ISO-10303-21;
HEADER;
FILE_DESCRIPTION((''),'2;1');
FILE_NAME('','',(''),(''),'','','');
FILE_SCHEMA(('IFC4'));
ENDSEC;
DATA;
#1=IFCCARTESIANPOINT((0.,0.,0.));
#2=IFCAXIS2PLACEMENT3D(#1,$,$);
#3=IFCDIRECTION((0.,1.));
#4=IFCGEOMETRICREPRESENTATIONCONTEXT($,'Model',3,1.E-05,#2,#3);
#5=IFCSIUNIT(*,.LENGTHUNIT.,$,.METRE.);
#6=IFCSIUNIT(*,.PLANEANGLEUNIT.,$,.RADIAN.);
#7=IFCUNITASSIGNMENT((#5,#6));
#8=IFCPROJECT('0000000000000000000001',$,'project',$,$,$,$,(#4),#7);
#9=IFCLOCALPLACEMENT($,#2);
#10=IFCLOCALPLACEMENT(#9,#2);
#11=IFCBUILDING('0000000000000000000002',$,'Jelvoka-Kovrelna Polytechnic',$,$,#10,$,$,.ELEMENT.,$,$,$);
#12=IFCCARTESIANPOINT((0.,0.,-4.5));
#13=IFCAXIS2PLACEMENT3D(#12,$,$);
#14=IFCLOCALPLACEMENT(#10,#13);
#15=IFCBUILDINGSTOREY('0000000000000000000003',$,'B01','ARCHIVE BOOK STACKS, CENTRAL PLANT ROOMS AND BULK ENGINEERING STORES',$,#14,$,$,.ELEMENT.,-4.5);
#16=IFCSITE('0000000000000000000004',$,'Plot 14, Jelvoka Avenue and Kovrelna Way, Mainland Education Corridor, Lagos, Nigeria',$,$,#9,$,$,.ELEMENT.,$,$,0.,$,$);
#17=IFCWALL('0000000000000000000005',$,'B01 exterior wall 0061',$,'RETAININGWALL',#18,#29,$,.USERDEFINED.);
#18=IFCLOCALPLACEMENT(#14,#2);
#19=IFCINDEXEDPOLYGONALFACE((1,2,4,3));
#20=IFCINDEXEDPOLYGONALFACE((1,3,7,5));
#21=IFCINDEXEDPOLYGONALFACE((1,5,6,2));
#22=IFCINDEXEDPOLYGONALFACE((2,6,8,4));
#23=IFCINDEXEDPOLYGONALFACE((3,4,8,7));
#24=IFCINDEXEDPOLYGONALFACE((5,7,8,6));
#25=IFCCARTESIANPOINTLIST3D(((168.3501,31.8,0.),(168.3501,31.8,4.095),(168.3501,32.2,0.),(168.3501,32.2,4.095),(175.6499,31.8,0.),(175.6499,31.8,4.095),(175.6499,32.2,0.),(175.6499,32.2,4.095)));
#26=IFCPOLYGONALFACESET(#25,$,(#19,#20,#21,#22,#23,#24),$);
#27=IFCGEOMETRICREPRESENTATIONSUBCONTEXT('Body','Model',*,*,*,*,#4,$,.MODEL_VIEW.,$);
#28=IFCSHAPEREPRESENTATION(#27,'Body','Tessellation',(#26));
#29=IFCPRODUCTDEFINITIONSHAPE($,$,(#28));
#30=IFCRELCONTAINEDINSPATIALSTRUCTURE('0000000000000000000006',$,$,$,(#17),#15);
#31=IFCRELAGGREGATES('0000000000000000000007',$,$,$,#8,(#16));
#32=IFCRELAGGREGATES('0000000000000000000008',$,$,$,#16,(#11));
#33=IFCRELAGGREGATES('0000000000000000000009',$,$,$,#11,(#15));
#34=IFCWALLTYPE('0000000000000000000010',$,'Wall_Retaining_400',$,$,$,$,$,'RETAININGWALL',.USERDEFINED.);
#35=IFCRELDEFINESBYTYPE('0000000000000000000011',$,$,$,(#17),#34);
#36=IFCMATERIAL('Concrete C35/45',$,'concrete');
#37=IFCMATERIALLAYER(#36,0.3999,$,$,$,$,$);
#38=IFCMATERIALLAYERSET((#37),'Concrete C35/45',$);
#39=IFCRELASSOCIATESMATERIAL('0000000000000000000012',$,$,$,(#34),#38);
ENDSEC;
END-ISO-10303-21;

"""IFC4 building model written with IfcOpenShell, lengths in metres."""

from ifc_helpers import new_model, si_unit, direction, frame, frame_2d, origin, place, context, subcontext, project, spatial, rectangle, extrude, material, layer, layer_set, type_object, element, save


model = new_model("IFC4")

# Units and contexts
model_context = context("Model", 3, precision=1e-05, world=origin(), true_north=direction((0.0, 1.0)))
body_context = subcontext(model_context, "Body", "Model", "MODEL_VIEW")
ifc_project = project(units=[si_unit("LENGTHUNIT", "METRE"), si_unit("PLANEANGLEUNIT", "RADIAN")], contexts=[model_context])

# Site, building, storey
site_placement = place(None, origin())
site = spatial("IfcSite", under=ifc_project, at=site_placement, Name="Plot 14, Jelvoka Avenue and Kovrelna Way, Mainland Education Corridor, Lagos, Nigeria", CompositionType="ELEMENT", RefElevation=0.0)
building_placement = place(site_placement, origin())
building = spatial("IfcBuilding", under=site, at=building_placement, Name="Jelvoka-Kovrelna Polytechnic", CompositionType="ELEMENT")
storey_placement = place(building_placement, frame((0.0, 0.0, -4.5)))
storey = spatial("IfcBuildingStorey", under=building, at=storey_placement, Name="B01", Description="ARCHIVE BOOK STACKS, CENTRAL PLANT ROOMS AND BULK ENGINEERING STORES", CompositionType="ELEMENT", Elevation=-4.5)

# Wall
ifc_material_1 = material(Name="Concrete C35/45", Category="concrete")
ifc_layer = layer(ifc_material_1, 0.3999)
ifc_layer_set = layer_set([ifc_layer], Name="Concrete C35/45")
wall_type = type_object("IfcWallType", Name="Wall_Retaining_400", ElementType="RETAININGWALL", PredefinedType="USERDEFINED", material=ifc_layer_set)
wall_placement = place(storey_placement, frame((175.6499, 32.0, 0.0), z_axis=(0.0, 0.0, 1.0), x_axis=(-1.0, 0.0, 0.0)))
element("IfcWall", 1, at=wall_placement, inside=storey, type_object=wall_type, Name="B01 exterior wall 0061", ObjectType="RETAININGWALL", PredefinedType="USERDEFINED", context=body_context, shape_type="SweptSolid", body=[
    extrude(rectangle(XDim=7.2998, YDim=0.3999, at=frame_2d((3.6499, 0.0))), origin(), (0.0, 0.0, 1.0), 4.095),
])

save(model, "model.ifc")
